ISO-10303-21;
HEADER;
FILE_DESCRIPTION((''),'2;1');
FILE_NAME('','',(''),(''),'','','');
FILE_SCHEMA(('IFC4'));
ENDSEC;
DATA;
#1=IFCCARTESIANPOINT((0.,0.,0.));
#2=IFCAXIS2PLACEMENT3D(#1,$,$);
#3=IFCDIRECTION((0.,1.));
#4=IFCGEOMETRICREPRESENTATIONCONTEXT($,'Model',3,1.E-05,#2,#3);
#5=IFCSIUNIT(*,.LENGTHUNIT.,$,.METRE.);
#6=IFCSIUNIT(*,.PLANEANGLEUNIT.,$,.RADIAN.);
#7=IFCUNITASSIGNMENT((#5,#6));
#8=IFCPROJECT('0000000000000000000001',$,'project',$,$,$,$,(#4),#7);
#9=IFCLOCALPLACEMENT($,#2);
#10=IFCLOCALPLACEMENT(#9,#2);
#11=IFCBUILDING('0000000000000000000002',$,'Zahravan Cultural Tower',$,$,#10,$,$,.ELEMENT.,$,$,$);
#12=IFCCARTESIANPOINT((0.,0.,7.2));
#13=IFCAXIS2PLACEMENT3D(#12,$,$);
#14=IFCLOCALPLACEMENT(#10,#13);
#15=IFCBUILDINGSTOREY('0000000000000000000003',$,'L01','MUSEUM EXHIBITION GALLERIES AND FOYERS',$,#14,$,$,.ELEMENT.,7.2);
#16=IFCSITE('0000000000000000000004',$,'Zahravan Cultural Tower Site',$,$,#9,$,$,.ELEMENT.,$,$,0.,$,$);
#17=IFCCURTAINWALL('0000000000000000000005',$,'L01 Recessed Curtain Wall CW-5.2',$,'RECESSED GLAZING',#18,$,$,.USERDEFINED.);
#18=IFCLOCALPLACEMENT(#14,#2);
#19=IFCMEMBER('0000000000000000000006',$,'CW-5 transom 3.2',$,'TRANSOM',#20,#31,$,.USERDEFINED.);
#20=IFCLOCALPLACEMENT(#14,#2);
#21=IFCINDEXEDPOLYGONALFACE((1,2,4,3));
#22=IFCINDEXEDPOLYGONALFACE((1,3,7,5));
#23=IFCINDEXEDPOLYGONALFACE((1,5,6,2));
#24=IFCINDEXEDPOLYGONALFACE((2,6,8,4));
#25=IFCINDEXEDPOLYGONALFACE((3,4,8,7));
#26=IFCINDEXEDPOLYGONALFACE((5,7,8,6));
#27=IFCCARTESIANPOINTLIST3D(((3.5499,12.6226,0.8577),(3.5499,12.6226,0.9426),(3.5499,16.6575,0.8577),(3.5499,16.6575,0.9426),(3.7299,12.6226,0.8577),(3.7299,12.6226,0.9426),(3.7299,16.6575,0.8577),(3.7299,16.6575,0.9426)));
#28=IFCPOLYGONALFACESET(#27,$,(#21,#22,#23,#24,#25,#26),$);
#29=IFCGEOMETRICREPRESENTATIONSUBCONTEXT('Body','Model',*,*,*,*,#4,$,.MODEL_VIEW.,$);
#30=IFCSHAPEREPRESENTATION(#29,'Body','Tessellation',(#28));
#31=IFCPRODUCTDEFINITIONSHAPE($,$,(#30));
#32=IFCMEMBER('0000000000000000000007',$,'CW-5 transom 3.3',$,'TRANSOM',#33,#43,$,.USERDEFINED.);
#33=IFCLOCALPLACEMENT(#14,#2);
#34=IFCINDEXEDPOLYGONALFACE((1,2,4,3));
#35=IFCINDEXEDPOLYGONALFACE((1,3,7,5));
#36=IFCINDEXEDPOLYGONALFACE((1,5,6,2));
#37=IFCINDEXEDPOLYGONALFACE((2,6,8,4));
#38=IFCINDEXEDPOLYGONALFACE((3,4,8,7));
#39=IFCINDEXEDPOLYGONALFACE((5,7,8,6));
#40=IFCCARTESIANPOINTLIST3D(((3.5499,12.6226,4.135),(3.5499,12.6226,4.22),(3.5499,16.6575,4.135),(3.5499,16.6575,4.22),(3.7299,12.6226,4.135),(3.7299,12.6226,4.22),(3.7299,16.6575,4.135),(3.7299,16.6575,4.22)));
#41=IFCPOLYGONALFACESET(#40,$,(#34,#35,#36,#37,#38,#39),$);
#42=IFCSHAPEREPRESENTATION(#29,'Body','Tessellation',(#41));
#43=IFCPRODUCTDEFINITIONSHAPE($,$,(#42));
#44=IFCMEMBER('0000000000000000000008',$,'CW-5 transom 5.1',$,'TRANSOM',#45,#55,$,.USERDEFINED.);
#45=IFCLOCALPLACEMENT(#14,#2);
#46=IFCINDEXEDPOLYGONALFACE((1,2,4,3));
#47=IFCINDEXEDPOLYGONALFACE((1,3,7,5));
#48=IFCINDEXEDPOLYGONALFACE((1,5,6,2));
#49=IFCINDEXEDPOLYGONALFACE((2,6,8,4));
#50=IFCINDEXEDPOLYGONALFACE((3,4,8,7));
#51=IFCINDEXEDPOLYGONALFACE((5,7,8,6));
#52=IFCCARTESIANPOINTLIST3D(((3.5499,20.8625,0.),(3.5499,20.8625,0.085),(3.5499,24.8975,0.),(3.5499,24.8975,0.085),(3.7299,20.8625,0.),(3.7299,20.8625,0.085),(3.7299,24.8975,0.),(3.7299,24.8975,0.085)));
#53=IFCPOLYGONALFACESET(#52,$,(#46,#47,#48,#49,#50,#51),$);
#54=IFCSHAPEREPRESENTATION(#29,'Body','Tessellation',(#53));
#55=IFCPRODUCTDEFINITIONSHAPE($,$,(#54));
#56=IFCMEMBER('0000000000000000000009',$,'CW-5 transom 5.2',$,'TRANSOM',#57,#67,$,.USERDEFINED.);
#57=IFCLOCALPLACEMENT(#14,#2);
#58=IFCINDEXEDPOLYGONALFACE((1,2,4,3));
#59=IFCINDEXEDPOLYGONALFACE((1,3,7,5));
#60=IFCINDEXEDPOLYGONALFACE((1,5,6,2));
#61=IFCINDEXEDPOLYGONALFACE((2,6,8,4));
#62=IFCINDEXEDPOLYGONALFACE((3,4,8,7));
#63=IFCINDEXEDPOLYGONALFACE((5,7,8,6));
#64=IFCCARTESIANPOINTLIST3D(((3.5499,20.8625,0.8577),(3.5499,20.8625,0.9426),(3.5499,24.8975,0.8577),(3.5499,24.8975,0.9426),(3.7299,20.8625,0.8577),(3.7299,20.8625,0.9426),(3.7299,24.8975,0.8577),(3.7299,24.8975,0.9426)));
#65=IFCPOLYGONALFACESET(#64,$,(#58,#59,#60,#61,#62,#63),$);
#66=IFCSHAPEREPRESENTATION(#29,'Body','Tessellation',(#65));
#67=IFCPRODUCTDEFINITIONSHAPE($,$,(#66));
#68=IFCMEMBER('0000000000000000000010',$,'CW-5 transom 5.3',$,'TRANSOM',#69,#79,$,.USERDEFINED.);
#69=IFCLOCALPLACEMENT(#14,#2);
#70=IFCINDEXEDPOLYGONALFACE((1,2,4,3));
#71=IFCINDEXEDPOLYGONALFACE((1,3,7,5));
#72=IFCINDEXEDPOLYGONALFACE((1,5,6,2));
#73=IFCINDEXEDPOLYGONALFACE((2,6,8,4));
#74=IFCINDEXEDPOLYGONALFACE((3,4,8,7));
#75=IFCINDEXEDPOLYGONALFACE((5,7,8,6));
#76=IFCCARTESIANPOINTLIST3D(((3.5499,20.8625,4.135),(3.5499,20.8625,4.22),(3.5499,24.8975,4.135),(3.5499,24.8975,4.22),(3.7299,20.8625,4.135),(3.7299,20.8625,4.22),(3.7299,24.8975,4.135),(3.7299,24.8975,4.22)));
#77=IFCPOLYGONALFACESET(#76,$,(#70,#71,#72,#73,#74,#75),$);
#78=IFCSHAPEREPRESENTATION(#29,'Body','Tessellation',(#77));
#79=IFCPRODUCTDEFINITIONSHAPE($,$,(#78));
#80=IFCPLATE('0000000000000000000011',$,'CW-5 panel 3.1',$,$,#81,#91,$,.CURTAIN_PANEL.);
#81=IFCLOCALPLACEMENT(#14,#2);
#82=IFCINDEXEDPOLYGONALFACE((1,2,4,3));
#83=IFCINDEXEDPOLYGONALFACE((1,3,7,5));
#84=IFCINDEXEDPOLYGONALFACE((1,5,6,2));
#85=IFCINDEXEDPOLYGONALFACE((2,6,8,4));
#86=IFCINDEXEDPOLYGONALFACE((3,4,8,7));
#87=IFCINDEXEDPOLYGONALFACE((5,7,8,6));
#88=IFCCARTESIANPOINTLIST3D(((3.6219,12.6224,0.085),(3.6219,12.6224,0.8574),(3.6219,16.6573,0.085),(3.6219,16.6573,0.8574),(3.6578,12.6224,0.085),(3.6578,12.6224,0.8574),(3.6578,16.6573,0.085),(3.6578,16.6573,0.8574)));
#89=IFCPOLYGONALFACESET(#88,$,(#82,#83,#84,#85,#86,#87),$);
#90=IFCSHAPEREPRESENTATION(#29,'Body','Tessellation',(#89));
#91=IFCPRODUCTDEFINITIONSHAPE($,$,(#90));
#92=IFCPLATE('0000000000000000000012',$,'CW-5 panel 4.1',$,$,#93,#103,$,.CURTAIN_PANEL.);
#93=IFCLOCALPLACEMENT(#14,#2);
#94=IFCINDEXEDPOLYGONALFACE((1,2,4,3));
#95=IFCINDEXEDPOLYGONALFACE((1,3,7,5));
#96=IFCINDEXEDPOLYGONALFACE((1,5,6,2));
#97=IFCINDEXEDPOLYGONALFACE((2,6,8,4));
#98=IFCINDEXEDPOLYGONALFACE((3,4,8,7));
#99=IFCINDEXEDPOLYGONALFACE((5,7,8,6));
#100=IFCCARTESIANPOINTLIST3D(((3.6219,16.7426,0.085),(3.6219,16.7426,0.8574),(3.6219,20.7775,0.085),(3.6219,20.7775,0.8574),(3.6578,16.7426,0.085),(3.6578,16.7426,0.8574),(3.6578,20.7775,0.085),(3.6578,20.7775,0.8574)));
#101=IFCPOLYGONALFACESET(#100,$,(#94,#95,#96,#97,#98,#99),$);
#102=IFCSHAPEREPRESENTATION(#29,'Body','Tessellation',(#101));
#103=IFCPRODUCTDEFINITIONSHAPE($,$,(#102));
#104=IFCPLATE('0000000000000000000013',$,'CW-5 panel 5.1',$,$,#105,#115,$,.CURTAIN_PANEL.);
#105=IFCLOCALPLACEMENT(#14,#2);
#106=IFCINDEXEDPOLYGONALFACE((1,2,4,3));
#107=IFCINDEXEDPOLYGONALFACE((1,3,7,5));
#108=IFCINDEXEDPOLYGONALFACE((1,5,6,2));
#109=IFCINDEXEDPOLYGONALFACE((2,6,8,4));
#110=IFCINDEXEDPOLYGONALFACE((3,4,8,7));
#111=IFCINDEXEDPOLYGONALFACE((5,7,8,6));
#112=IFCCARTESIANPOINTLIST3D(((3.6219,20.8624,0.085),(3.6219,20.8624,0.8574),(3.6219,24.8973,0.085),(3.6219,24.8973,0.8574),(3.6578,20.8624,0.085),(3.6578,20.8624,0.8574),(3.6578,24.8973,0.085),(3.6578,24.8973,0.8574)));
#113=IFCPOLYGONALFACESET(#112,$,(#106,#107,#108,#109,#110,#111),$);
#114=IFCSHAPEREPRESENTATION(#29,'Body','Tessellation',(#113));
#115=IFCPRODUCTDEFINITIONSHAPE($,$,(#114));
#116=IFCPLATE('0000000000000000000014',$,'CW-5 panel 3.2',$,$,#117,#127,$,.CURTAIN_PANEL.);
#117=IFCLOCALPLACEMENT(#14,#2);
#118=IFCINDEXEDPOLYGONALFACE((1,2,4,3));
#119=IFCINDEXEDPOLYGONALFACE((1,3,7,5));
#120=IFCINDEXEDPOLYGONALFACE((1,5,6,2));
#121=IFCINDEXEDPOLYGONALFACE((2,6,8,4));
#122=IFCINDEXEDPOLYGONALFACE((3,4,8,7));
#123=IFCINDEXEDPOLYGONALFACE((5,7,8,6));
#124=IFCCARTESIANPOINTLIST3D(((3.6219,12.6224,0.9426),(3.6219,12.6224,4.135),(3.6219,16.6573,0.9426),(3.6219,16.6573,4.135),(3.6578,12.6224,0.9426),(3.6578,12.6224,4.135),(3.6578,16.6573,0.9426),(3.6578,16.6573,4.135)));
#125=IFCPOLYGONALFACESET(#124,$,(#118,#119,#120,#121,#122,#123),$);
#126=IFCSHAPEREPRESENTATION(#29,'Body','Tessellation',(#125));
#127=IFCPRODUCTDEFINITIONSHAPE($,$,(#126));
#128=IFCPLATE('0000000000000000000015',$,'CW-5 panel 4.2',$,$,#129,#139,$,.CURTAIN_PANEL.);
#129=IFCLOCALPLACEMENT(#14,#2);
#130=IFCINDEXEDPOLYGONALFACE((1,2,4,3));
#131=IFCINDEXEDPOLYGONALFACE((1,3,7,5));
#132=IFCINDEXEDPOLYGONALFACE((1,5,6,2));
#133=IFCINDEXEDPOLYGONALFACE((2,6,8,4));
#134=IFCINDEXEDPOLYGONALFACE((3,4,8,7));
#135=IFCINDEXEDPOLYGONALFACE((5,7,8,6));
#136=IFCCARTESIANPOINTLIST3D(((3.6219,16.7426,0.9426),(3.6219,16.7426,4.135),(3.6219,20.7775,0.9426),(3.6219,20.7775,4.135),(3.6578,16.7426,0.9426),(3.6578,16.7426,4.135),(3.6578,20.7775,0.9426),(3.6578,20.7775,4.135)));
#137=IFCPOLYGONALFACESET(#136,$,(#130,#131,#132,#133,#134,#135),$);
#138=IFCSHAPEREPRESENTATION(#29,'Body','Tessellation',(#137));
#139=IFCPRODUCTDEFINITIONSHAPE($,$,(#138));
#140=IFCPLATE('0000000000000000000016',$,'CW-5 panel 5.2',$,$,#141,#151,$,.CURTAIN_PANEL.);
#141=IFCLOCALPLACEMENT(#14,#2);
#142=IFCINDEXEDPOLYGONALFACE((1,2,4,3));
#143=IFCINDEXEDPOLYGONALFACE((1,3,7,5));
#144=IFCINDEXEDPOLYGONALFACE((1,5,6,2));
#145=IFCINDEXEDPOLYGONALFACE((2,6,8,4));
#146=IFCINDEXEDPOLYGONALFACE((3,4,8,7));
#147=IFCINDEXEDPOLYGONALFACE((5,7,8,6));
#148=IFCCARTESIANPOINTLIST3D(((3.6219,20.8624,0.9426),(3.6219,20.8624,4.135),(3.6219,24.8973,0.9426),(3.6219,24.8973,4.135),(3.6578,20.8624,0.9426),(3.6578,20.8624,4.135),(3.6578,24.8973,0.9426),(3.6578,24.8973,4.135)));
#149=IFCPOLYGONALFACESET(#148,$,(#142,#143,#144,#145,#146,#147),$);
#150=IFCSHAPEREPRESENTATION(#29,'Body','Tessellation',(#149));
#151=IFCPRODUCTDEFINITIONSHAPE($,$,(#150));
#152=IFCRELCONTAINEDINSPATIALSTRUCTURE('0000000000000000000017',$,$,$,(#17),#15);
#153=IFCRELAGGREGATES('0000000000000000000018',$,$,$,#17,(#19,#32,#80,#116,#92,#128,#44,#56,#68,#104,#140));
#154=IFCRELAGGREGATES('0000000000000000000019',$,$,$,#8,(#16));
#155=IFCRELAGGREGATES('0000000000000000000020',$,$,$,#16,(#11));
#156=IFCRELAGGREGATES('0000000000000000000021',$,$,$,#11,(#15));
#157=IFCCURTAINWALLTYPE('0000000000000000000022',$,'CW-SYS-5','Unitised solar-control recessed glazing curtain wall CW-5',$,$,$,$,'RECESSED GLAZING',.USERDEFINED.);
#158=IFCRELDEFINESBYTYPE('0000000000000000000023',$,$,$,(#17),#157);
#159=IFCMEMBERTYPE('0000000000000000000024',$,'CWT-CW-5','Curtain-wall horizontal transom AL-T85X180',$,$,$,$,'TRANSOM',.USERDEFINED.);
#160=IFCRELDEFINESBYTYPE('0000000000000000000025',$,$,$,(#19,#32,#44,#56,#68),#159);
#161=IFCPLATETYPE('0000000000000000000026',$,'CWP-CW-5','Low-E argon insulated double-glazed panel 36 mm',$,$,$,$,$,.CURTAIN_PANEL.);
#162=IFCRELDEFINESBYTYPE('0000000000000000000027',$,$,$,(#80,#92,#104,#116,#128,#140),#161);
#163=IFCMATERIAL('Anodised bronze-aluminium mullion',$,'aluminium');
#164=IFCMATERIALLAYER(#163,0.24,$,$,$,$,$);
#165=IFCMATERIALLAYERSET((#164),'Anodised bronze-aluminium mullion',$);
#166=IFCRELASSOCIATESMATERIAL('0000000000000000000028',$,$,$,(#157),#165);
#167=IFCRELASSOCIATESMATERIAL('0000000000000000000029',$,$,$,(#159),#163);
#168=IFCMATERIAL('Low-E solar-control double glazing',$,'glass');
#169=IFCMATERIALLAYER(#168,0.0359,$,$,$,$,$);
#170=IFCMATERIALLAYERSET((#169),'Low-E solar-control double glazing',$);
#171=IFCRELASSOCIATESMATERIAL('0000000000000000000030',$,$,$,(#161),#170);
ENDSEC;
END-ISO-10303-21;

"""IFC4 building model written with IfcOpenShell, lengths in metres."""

from ifc_helpers import new_model, si_unit, direction, frame, origin, origin_2d, place, context, subcontext, project, spatial, rectangle, extrude, source, transform, mapped, material, layer, layer_set, material_profile, profile_set, type_object, element, aggregate, save


model = new_model("IFC4")

# Units and contexts
model_context = context("Model", 3, precision=1e-05, world=origin(), true_north=direction((0.0, 1.0)))
body_context = subcontext(model_context, "Body", "Model", "MODEL_VIEW")
ifc_project = project(units=[si_unit("LENGTHUNIT", "METRE"), si_unit("PLANEANGLEUNIT", "RADIAN")], contexts=[model_context])

# Site, building, storey
site_placement = place(None, origin())
site = spatial("IfcSite", under=ifc_project, at=site_placement, Name="Zahravan Cultural Tower Site", CompositionType="ELEMENT", RefElevation=0.0)
building_placement = place(site_placement, origin())
building = spatial("IfcBuilding", under=site, at=building_placement, Name="Zahravan Cultural Tower", CompositionType="ELEMENT")
storey_placement = place(building_placement, frame((0.0, 0.0, 7.2)))
storey = spatial("IfcBuildingStorey", under=building, at=storey_placement, Name="L01", Description="MUSEUM EXHIBITION GALLERIES AND FOYERS", CompositionType="ELEMENT", Elevation=7.2)

# Curtain wall, members, plates
ifc_material_1 = material(Name="Anodised bronze-aluminium mullion", Category="aluminium")
ifc_layer_1 = layer(ifc_material_1, 0.24)
ifc_layer_set_1 = layer_set([ifc_layer_1], Name="Anodised bronze-aluminium mullion")
curtain_wall_type = type_object("IfcCurtainWallType", Name="CW-SYS-5", Description="Unitised solar-control recessed glazing curtain wall CW-5", ElementType="RECESSED GLAZING", PredefinedType="USERDEFINED", material=ifc_layer_set_1)
curtain_wall_placement = place(storey_placement, origin())
curtain_wall = element("IfcCurtainWall", 1, at=curtain_wall_placement, inside=storey, type_object=curtain_wall_type, Name="L01 Recessed Curtain Wall CW-5.2", ObjectType="RECESSED GLAZING", PredefinedType="USERDEFINED")
ifc_material_profile_1 = material_profile(ifc_material_1, rectangle(XDim=0.1799, YDim=0.085, at=origin_2d()), Name="AL-T85X180")
ifc_profile_set_1 = profile_set([ifc_material_profile_1], Name="Anodised bronze-aluminium mullion")
member_type_1 = type_object("IfcMemberType", Name="CWT-CW-5", Description="Curtain-wall horizontal transom AL-T85X180", ElementType="TRANSOM", PredefinedType="USERDEFINED", material=ifc_profile_set_1)
shared_shape_1 = source(origin(), body_context, "Body", "SweptSolid", [
    extrude(rectangle(XDim=0.1799, YDim=0.085, at=origin_2d()), origin(), (0.0, 0.0, 1.0), 4.0349),
])
member_1_placement = place(storey_placement, frame((3.6399, 12.6226, 0.9001), z_axis=(0.0, 1.0, 0.0), x_axis=(-1.0, 0.0, 0.0)))
member_1 = element("IfcMember", 2, at=member_1_placement, type_object=member_type_1, Name="CW-5 transom 3.2", ObjectType="TRANSOM", PredefinedType="USERDEFINED", context=body_context, shape_type="MappedRepresentation", body=[
    mapped(shared_shape_1, transform((0.0, 0.0, 0.0), x_axis=(1.0, 0.0, 0.0), y_axis=(0.0, 1.0, 0.0), z_axis=(0.0, 0.0, 1.0), scale=1.0)),
])
member_2_placement = place(storey_placement, frame((3.6399, 12.6226, 4.1775), z_axis=(0.0, 1.0, 0.0), x_axis=(-1.0, 0.0, 0.0)))
member_2 = element("IfcMember", 3, at=member_2_placement, type_object=member_type_1, Name="CW-5 transom 3.3", ObjectType="TRANSOM", PredefinedType="USERDEFINED", context=body_context, shape_type="MappedRepresentation", body=[
    mapped(shared_shape_1, transform((0.0, 0.0, 0.0), x_axis=(1.0, 0.0, 0.0), y_axis=(0.0, 1.0, 0.0), z_axis=(0.0, 0.0, 1.0), scale=1.0)),
])
member_3_placement = place(storey_placement, frame((3.6399, 20.8625, 0.0425), z_axis=(0.0, 1.0, 0.0), x_axis=(-1.0, 0.0, 0.0)))
member_3 = element("IfcMember", 4, at=member_3_placement, type_object=member_type_1, Name="CW-5 transom 5.1", ObjectType="TRANSOM", PredefinedType="USERDEFINED", context=body_context, shape_type="MappedRepresentation", body=[
    mapped(shared_shape_1, transform((0.0, 0.0, 0.0), x_axis=(1.0, 0.0, 0.0), y_axis=(0.0, 1.0, 0.0), z_axis=(0.0, 0.0, 1.0), scale=1.0)),
])
member_4_placement = place(storey_placement, frame((3.6399, 20.8625, 0.9001), z_axis=(0.0, 1.0, 0.0), x_axis=(-1.0, 0.0, 0.0)))
member_4 = element("IfcMember", 5, at=member_4_placement, type_object=member_type_1, Name="CW-5 transom 5.2", ObjectType="TRANSOM", PredefinedType="USERDEFINED", context=body_context, shape_type="MappedRepresentation", body=[
    mapped(shared_shape_1, transform((0.0, 0.0, 0.0), x_axis=(1.0, 0.0, 0.0), y_axis=(0.0, 1.0, 0.0), z_axis=(0.0, 0.0, 1.0), scale=1.0)),
])
member_5_placement = place(storey_placement, frame((3.6399, 20.8625, 4.1775), z_axis=(0.0, 1.0, 0.0), x_axis=(-1.0, 0.0, 0.0)))
member_5 = element("IfcMember", 6, at=member_5_placement, type_object=member_type_1, Name="CW-5 transom 5.3", ObjectType="TRANSOM", PredefinedType="USERDEFINED", context=body_context, shape_type="MappedRepresentation", body=[
    mapped(shared_shape_1, transform((0.0, 0.0, 0.0), x_axis=(1.0, 0.0, 0.0), y_axis=(0.0, 1.0, 0.0), z_axis=(0.0, 0.0, 1.0), scale=1.0)),
])
ifc_material_2 = material(Name="Low-E solar-control double glazing", Category="glass")
ifc_layer_2 = layer(ifc_material_2, 0.0359)
ifc_layer_set_2 = layer_set([ifc_layer_2], Name="Low-E solar-control double glazing")
plate_type = type_object("IfcPlateType", Name="CWP-CW-5", Description="Low-E argon insulated double-glazed panel 36 mm", PredefinedType="CURTAIN_PANEL", material=ifc_layer_set_2)
shared_shape_2 = source(origin(), body_context, "Body", "SweptSolid", [
    extrude(rectangle(XDim=4.0349, YDim=0.0359, at=origin_2d()), origin(), (0.0, 0.0, 1.0), 0.7725),
])
plate_1_placement = place(storey_placement, frame((3.6399, 14.6399, 0.085), z_axis=(0.0, 0.0, 1.0), x_axis=(0.0, 1.0, 0.0)))
plate_1 = element("IfcPlate", 7, at=plate_1_placement, type_object=plate_type, Name="CW-5 panel 3.1", PredefinedType="CURTAIN_PANEL", context=body_context, shape_type="MappedRepresentation", body=[
    mapped(shared_shape_2, transform((0.0, 0.0, 0.0), x_axis=(1.0, 0.0, 0.0), y_axis=(0.0, 1.0, 0.0), z_axis=(0.0, 0.0, 1.0), scale=1.0)),
])
plate_2_placement = place(storey_placement, frame((3.6399, 18.76, 0.085), z_axis=(0.0, 0.0, 1.0), x_axis=(0.0, 1.0, 0.0)))
plate_2 = element("IfcPlate", 8, at=plate_2_placement, type_object=plate_type, Name="CW-5 panel 4.1", PredefinedType="CURTAIN_PANEL", context=body_context, shape_type="MappedRepresentation", body=[
    mapped(shared_shape_2, transform((0.0, 0.0, 0.0), x_axis=(1.0, 0.0, 0.0), y_axis=(0.0, 1.0, 0.0), z_axis=(0.0, 0.0, 1.0), scale=1.0)),
])
plate_3_placement = place(storey_placement, frame((3.6399, 22.8799, 0.085), z_axis=(0.0, 0.0, 1.0), x_axis=(0.0, 1.0, 0.0)))
plate_3 = element("IfcPlate", 9, at=plate_3_placement, type_object=plate_type, Name="CW-5 panel 5.1", PredefinedType="CURTAIN_PANEL", context=body_context, shape_type="MappedRepresentation", body=[
    mapped(shared_shape_2, transform((0.0, 0.0, 0.0), x_axis=(1.0, 0.0, 0.0), y_axis=(0.0, 1.0, 0.0), z_axis=(0.0, 0.0, 1.0), scale=1.0)),
])
shared_shape_3 = source(origin(), body_context, "Body", "SweptSolid", [
    extrude(rectangle(XDim=4.0349, YDim=0.0359, at=origin_2d()), origin(), (0.0, 0.0, 1.0), 3.1924),
])
plate_4_placement = place(storey_placement, frame((3.6399, 14.6399, 0.9426), z_axis=(0.0, 0.0, 1.0), x_axis=(0.0, 1.0, 0.0)))
plate_4 = element("IfcPlate", 10, at=plate_4_placement, type_object=plate_type, Name="CW-5 panel 3.2", PredefinedType="CURTAIN_PANEL", context=body_context, shape_type="MappedRepresentation", body=[
    mapped(shared_shape_3, transform((0.0, 0.0, 0.0), x_axis=(1.0, 0.0, 0.0), y_axis=(0.0, 1.0, 0.0), z_axis=(0.0, 0.0, 1.0), scale=1.0)),
])
plate_5_placement = place(storey_placement, frame((3.6399, 18.76, 0.9426), z_axis=(0.0, 0.0, 1.0), x_axis=(0.0, 1.0, 0.0)))
plate_5 = element("IfcPlate", 11, at=plate_5_placement, type_object=plate_type, Name="CW-5 panel 4.2", PredefinedType="CURTAIN_PANEL", context=body_context, shape_type="MappedRepresentation", body=[
    mapped(shared_shape_3, transform((0.0, 0.0, 0.0), x_axis=(1.0, 0.0, 0.0), y_axis=(0.0, 1.0, 0.0), z_axis=(0.0, 0.0, 1.0), scale=1.0)),
])
plate_6_placement = place(storey_placement, frame((3.6399, 22.8799, 0.9426), z_axis=(0.0, 0.0, 1.0), x_axis=(0.0, 1.0, 0.0)))
plate_6 = element("IfcPlate", 12, at=plate_6_placement, type_object=plate_type, Name="CW-5 panel 5.2", PredefinedType="CURTAIN_PANEL", context=body_context, shape_type="MappedRepresentation", body=[
    mapped(shared_shape_3, transform((0.0, 0.0, 0.0), x_axis=(1.0, 0.0, 0.0), y_axis=(0.0, 1.0, 0.0), z_axis=(0.0, 0.0, 1.0), scale=1.0)),
])
aggregate(curtain_wall, [member_1, member_2, plate_1, plate_4, plate_2, plate_5, member_3, member_4, member_5, plate_3, plate_6])

save(model, "model.ifc")
